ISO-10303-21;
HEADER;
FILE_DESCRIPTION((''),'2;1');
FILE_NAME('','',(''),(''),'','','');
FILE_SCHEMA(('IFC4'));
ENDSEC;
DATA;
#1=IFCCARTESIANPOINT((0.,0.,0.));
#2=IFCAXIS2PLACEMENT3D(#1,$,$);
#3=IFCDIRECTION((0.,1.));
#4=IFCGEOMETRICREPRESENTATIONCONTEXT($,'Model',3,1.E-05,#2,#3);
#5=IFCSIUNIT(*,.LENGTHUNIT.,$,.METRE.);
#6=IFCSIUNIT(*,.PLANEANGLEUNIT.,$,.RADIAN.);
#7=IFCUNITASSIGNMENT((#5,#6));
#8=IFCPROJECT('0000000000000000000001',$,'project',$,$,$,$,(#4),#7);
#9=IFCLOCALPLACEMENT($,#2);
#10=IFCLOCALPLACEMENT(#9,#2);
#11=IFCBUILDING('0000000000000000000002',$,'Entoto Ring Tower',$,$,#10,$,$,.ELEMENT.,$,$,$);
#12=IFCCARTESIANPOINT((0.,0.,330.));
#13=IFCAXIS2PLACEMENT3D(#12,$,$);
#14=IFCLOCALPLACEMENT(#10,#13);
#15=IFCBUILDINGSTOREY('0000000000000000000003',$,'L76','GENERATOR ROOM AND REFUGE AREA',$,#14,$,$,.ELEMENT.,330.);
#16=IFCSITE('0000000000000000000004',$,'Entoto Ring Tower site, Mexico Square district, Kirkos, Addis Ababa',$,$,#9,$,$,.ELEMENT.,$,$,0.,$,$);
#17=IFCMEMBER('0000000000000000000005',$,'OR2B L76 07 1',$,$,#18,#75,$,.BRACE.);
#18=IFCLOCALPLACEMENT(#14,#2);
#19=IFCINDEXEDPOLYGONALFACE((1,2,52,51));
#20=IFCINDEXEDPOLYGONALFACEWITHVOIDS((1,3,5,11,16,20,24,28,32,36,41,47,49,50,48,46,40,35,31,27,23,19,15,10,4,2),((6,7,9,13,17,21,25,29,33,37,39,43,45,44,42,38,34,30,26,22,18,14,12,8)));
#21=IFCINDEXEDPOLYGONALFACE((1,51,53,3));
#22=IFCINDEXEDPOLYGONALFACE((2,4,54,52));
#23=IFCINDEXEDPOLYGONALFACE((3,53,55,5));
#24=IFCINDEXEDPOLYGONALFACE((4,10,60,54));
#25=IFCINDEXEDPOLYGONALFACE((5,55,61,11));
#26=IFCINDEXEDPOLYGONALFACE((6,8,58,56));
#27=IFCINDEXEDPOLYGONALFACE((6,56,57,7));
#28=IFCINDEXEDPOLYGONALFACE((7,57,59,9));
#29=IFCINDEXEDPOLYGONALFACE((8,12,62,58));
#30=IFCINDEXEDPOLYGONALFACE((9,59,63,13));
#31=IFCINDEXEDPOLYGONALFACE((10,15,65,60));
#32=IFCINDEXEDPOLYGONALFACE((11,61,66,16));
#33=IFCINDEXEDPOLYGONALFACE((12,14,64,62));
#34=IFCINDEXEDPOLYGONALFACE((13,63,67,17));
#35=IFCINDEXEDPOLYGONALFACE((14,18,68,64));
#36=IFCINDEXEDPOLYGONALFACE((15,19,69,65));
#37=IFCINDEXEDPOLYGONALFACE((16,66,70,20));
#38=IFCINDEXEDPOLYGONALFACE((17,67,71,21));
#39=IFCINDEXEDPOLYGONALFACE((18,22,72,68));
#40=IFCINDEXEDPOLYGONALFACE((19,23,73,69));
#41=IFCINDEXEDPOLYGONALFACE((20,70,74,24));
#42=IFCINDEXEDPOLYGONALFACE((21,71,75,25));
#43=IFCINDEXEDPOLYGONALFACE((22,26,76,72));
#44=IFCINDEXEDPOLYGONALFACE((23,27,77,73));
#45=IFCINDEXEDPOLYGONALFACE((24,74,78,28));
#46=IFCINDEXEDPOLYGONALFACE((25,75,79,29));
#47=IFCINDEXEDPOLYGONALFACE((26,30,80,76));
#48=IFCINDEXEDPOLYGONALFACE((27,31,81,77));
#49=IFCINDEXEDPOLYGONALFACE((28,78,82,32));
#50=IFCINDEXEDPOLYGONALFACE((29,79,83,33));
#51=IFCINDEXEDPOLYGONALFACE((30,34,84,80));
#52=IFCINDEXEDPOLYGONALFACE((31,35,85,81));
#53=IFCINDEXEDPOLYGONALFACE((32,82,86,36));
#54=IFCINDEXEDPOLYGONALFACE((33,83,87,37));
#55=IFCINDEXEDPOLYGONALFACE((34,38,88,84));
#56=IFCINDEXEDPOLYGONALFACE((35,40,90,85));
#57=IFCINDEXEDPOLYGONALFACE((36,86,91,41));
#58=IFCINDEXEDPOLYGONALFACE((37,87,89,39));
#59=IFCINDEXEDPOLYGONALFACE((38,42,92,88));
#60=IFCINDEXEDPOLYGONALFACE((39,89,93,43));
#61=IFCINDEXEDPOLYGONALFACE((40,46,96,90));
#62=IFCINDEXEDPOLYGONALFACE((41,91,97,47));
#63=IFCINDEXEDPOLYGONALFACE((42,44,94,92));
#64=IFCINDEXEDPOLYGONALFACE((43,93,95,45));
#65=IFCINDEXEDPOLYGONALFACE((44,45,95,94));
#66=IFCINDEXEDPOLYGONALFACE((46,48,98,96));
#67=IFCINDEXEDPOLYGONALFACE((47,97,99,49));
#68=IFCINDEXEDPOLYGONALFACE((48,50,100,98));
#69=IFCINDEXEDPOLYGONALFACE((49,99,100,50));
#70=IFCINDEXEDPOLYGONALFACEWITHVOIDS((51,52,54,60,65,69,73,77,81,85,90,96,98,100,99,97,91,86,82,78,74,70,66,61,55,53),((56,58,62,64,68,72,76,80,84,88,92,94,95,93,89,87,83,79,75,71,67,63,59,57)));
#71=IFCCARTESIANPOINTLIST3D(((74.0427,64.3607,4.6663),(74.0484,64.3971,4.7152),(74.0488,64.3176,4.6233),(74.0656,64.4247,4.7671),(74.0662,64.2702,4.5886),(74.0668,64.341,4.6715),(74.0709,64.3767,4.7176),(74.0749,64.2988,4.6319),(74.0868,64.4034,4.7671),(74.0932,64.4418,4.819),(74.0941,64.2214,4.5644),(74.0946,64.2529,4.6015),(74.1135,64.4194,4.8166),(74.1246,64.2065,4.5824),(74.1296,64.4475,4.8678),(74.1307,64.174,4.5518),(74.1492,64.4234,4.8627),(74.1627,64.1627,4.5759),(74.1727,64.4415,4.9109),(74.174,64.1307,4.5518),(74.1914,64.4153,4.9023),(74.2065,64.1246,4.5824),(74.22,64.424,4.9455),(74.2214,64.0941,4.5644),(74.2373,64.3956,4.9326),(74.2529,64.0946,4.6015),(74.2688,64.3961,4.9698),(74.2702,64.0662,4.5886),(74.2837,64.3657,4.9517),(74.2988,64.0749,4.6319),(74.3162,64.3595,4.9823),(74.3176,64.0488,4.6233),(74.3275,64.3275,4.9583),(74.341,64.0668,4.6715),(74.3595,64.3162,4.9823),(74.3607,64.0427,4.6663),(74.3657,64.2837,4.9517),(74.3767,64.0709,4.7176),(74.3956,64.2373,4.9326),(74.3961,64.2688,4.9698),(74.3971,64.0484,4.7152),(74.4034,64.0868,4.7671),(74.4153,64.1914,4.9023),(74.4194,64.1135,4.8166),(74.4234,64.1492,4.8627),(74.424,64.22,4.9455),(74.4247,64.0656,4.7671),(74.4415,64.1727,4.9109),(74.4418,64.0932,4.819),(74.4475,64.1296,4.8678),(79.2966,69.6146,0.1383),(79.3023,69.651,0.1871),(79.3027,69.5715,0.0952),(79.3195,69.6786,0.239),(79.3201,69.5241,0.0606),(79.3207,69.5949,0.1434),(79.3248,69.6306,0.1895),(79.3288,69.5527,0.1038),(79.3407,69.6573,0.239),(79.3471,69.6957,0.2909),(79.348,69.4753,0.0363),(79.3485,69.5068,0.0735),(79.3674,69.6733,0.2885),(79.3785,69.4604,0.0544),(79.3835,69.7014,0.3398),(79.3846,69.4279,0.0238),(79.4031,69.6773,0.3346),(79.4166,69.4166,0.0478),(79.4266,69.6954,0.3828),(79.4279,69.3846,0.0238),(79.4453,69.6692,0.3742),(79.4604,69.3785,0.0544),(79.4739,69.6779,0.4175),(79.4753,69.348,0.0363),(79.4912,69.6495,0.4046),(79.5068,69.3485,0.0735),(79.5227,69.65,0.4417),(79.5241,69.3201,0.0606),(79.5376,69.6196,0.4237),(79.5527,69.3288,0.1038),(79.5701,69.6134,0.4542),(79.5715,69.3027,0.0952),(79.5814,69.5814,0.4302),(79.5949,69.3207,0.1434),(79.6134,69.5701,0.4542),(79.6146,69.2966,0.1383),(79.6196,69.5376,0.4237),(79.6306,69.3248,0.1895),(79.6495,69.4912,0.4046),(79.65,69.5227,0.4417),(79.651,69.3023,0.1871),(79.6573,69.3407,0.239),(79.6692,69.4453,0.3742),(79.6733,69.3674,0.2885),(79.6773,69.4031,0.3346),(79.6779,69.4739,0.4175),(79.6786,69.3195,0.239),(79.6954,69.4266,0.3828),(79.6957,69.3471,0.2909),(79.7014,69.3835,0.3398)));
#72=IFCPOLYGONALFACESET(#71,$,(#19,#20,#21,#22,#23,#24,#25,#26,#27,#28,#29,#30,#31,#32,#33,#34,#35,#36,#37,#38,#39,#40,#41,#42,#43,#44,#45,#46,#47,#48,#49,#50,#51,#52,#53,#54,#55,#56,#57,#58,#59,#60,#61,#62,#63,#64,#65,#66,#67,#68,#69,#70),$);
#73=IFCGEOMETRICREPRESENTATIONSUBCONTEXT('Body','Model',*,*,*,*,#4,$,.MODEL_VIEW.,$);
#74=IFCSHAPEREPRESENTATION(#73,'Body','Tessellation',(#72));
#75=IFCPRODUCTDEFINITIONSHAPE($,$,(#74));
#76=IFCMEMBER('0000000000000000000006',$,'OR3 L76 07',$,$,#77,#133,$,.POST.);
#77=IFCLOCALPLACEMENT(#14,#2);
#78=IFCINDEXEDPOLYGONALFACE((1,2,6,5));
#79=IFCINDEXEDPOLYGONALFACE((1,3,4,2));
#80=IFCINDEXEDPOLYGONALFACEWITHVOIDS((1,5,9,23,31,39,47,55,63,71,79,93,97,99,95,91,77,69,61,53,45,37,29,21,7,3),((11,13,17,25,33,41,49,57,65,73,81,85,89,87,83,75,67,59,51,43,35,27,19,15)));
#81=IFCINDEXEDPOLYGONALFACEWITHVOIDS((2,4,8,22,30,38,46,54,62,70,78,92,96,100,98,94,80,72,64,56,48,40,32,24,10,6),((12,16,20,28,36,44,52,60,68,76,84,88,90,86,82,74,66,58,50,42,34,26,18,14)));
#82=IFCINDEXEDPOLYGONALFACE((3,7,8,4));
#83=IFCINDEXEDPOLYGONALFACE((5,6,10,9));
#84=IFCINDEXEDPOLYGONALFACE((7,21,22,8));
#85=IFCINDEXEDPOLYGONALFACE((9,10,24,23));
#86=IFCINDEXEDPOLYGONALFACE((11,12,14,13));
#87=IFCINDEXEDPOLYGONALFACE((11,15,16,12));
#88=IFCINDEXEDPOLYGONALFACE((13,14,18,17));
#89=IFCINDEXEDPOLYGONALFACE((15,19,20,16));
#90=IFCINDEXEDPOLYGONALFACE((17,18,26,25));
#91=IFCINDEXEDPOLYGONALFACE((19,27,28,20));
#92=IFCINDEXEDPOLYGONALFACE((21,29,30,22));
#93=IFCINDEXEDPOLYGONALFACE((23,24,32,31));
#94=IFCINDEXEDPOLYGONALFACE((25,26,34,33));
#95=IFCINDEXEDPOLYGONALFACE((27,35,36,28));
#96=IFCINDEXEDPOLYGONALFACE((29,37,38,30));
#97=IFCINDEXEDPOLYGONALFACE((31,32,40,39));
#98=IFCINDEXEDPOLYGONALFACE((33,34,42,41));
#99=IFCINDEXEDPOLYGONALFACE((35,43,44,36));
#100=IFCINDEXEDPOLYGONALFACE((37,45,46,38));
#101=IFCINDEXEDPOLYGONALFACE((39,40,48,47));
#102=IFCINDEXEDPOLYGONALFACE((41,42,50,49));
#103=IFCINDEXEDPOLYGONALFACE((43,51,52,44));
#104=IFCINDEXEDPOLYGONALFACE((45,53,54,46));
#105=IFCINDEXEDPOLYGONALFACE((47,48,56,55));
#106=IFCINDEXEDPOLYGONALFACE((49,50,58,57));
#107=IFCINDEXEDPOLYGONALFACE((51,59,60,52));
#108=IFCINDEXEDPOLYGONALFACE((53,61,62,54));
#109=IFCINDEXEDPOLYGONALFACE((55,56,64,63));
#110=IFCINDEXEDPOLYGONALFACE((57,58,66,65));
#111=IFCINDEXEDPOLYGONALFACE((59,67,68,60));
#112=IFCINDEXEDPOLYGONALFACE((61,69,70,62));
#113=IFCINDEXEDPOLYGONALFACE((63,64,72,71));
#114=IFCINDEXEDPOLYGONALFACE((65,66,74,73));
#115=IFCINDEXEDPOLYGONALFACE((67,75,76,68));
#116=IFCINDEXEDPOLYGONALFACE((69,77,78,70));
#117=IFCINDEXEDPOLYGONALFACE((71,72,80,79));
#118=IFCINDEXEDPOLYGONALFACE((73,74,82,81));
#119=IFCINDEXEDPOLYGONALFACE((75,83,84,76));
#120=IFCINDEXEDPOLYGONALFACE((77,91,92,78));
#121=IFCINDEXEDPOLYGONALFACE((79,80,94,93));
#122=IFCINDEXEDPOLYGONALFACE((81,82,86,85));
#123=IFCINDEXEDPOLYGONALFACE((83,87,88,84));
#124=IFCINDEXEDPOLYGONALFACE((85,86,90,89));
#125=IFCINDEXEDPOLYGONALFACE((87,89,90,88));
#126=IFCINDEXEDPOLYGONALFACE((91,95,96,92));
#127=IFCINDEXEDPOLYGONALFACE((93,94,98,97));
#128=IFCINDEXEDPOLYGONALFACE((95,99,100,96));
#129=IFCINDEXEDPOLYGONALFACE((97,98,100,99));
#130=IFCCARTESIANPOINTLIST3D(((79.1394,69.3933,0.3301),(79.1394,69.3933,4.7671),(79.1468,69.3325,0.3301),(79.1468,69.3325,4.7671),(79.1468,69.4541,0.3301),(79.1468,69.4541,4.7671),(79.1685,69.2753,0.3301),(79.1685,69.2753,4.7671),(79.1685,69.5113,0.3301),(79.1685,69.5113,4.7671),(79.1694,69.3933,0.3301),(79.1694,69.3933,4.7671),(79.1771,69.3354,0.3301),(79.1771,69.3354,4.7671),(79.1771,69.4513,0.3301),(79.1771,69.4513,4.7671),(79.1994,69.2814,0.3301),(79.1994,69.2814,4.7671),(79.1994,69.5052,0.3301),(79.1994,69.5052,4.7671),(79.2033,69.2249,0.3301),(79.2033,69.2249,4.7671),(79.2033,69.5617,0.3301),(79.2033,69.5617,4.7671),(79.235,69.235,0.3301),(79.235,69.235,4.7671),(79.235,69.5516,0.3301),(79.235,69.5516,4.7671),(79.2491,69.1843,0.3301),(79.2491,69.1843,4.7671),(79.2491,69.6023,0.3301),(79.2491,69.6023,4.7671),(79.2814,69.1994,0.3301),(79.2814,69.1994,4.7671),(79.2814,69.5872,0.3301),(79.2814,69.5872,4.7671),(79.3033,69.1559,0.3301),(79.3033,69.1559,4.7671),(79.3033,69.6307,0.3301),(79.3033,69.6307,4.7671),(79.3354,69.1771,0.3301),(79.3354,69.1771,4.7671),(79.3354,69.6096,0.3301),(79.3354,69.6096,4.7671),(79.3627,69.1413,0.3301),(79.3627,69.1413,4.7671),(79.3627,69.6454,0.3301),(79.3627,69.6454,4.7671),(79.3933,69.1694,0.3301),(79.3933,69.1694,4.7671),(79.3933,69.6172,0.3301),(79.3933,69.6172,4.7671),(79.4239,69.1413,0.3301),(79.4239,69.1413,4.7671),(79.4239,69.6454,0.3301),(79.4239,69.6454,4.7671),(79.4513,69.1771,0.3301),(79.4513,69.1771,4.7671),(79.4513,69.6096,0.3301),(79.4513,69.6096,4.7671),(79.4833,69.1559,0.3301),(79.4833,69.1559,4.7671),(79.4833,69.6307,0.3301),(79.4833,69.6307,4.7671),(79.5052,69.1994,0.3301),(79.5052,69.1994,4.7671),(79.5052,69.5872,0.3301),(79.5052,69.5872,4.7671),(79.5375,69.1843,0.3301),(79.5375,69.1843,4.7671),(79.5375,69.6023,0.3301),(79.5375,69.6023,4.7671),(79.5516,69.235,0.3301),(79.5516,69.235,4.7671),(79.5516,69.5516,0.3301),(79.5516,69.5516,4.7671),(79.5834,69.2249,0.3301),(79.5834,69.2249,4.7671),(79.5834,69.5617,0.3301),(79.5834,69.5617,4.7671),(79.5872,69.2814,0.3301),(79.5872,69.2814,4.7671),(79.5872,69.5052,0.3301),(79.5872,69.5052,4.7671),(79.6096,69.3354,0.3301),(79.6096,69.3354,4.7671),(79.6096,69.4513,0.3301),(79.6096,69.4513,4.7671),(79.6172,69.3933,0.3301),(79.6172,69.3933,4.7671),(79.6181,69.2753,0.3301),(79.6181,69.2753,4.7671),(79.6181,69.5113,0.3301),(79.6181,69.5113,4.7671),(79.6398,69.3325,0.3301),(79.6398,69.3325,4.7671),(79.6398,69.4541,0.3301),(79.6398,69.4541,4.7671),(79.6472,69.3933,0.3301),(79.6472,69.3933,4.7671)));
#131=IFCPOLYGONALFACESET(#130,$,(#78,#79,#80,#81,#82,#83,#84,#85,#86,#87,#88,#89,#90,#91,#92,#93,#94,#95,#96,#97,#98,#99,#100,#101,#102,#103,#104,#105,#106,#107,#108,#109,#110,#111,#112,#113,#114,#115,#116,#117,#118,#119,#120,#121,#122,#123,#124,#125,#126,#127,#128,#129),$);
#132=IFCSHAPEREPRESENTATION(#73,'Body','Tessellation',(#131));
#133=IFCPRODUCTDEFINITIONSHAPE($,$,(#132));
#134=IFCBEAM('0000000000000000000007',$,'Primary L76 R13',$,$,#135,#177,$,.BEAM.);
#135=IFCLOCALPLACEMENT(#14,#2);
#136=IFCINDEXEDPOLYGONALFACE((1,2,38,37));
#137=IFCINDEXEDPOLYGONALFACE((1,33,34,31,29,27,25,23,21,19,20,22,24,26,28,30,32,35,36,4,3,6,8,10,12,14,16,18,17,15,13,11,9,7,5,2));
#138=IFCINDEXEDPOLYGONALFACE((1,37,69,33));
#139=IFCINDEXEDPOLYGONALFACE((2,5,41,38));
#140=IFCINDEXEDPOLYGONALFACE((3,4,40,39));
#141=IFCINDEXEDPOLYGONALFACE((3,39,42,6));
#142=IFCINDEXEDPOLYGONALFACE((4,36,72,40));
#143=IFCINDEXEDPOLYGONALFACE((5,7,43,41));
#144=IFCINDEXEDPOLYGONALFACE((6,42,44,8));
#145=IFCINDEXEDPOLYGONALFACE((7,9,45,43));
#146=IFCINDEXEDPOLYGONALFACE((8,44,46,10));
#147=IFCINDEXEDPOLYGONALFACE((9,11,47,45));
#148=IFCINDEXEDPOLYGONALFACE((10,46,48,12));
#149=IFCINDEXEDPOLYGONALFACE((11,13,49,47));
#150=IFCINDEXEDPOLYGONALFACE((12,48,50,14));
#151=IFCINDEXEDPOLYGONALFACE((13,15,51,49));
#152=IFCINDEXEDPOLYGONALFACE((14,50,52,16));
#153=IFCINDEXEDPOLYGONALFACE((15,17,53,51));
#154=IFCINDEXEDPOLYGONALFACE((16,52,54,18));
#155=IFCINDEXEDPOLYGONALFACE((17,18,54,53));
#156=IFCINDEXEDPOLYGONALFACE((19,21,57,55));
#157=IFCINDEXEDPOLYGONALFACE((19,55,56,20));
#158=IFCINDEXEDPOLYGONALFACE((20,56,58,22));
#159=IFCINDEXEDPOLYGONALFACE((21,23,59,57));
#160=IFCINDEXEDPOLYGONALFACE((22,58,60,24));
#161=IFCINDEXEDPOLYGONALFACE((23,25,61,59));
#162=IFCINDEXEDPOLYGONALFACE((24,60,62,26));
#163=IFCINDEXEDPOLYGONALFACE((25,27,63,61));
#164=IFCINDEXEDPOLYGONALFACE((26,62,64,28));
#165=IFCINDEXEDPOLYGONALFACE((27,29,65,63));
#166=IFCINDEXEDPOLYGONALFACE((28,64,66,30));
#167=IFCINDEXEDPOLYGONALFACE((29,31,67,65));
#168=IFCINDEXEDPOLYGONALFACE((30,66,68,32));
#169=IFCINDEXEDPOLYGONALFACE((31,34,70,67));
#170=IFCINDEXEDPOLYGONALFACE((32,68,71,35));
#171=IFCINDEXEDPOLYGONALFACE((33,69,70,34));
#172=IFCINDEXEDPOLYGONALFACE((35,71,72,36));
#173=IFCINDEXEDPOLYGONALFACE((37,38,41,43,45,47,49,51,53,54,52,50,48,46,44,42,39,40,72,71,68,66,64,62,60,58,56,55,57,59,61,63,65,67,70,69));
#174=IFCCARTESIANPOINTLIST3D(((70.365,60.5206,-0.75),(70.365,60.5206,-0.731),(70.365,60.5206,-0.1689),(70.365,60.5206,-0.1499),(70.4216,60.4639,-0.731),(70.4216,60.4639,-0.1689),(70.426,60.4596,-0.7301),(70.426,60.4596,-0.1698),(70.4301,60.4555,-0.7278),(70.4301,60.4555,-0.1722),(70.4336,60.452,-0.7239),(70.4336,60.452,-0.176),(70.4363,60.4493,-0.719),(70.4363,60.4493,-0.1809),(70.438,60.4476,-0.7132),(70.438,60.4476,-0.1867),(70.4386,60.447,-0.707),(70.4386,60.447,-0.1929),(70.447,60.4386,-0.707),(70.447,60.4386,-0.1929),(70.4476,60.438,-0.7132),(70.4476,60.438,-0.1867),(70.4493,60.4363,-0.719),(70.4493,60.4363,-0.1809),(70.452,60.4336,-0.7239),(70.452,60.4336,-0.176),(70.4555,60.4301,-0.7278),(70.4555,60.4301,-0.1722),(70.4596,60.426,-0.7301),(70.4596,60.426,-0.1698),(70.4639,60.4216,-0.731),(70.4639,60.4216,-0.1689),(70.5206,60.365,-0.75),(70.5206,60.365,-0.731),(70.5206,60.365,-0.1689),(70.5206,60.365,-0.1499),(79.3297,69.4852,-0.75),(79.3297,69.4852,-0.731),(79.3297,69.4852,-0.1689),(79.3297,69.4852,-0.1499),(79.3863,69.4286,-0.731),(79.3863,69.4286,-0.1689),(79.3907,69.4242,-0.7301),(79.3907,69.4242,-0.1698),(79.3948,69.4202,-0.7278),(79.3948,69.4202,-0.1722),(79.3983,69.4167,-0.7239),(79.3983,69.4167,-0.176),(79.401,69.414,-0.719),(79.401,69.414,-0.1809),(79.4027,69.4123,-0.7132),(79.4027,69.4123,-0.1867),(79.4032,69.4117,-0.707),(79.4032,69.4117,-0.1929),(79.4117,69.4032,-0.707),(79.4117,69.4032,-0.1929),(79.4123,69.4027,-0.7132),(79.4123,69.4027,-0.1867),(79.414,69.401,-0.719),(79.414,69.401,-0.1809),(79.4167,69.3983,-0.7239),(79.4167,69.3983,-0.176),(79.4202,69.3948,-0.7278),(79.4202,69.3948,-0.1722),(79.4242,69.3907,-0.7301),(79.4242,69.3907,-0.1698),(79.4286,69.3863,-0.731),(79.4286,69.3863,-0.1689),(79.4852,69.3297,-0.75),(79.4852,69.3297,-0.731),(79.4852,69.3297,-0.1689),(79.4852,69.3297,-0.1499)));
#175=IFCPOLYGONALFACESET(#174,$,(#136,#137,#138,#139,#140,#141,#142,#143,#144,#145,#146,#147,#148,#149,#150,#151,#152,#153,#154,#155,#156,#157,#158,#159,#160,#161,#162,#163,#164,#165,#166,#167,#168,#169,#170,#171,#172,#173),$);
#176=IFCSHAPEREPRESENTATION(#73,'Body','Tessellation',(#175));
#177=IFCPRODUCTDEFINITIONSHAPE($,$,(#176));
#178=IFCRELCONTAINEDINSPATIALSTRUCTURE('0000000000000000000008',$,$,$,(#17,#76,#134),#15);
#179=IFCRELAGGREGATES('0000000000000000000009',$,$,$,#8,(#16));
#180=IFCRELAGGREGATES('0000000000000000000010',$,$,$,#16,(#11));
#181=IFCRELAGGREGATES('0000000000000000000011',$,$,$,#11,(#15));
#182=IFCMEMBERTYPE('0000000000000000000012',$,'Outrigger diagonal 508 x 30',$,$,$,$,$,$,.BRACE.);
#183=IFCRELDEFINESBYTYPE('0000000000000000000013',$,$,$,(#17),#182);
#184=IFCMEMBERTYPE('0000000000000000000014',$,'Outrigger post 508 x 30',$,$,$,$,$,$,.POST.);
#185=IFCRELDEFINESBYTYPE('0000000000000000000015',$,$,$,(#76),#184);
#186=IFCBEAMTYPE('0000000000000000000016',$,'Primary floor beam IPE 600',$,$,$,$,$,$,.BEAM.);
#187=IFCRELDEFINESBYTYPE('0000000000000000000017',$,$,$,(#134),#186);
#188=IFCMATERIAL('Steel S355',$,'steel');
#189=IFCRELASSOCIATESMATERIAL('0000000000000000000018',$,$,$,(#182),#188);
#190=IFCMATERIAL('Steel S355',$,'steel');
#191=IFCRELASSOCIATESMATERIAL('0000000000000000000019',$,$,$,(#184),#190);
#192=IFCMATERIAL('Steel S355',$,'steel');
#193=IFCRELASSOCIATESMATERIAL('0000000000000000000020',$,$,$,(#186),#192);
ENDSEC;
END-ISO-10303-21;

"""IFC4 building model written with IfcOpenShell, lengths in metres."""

from ifc_helpers import new_model, si_unit, direction, frame, origin, origin_2d, place, context, subcontext, project, spatial, circle, hollow_circle, i_section, extrude, material, material_profile, profile_set, type_object, element, save


model = new_model("IFC4")

# Units and contexts
model_context = context("Model", 3, precision=1e-05, world=origin(), true_north=direction((0.0, 1.0)))
body_context = subcontext(model_context, "Body", "Model", "MODEL_VIEW")
ifc_project = project(units=[si_unit("LENGTHUNIT", "METRE"), si_unit("PLANEANGLEUNIT", "RADIAN")], contexts=[model_context])

# Site, building, storey
site_placement = place(None, origin())
site = spatial("IfcSite", under=ifc_project, at=site_placement, Name="Entoto Ring Tower site, Mexico Square district, Kirkos, Addis Ababa", CompositionType="ELEMENT", RefElevation=0.0)
building_placement = place(site_placement, origin())
building = spatial("IfcBuilding", under=site, at=building_placement, Name="Entoto Ring Tower", CompositionType="ELEMENT")
storey_placement = place(building_placement, frame((0.0, 0.0, 330.0)))
storey = spatial("IfcBuildingStorey", under=building, at=storey_placement, Name="L76", Description="GENERATOR ROOM AND REFUGE AREA", CompositionType="ELEMENT", Elevation=330.0)

# Members
ifc_material_1 = material(Name="Steel S355", Category="steel")
ifc_material_profile_1 = material_profile(ifc_material_1, hollow_circle(Radius=0.2539, WallThickness=0.03, at=origin_2d()), Name="CHS 508 x 30")
ifc_material_2 = material(Name="Concrete C60/75", Category="concrete")
ifc_material_profile_2 = material_profile(ifc_material_2, circle(Radius=0.2241, at=origin_2d()), Name="Concrete C60/75 infill")
ifc_profile_set_1 = profile_set([ifc_material_profile_1, ifc_material_profile_2], Name="Steel S355")
member_type_1 = type_object("IfcMemberType", Name="Outrigger diagonal 508 x 30", PredefinedType="BRACE", material=ifc_profile_set_1)
member_1_placement = place(storey_placement, frame((79.499, 69.499, 0.239), z_axis=(-0.603815, -0.603815, 0.520398), x_axis=(0.707107, -0.707107, 0.0)))
element("IfcMember", 1, at=member_1_placement, inside=storey, type_object=member_type_1, Name="OR2B L76 07 1", PredefinedType="BRACE", context=body_context, shape_type="SweptSolid", body=[
    extrude(hollow_circle(Radius=0.2539, WallThickness=0.03, at=origin_2d()), origin(), (0.0, 0.0, 1.0), 8.7012),
])
ifc_material_3 = material(Name="Steel S355", Category="steel")
ifc_material_profile_3 = material_profile(ifc_material_3, hollow_circle(Radius=0.2539, WallThickness=0.03, at=origin_2d()), Name="CHS 508 x 30")
ifc_material_4 = material(Name="Concrete C60/75", Category="concrete")
ifc_material_profile_4 = material_profile(ifc_material_4, circle(Radius=0.2241, at=origin_2d()), Name="Concrete C60/75 infill")
ifc_profile_set_2 = profile_set([ifc_material_profile_3, ifc_material_profile_4], Name="Steel S355")
member_type_2 = type_object("IfcMemberType", Name="Outrigger post 508 x 30", PredefinedType="POST", material=ifc_profile_set_2)
member_2_placement = place(storey_placement, frame((79.3933, 69.3933, 0.3301), z_axis=(0.0, 0.0, 1.0), x_axis=(1.0, 0.0, 0.0)))
element("IfcMember", 2, at=member_2_placement, inside=storey, type_object=member_type_2, Name="OR3 L76 07", PredefinedType="POST", context=body_context, shape_type="SweptSolid", body=[
    extrude(hollow_circle(Radius=0.2539, WallThickness=0.03, at=origin_2d()), origin(), (0.0, 0.0, 1.0), 4.437),
])

# Beam
ifc_material_5 = material(Name="Steel S355", Category="steel")
ifc_material_profile_5 = material_profile(ifc_material_5, i_section(OverallWidth=0.22, OverallDepth=0.6001, WebThickness=0.012, FlangeThickness=0.019, FilletRadius=0.0239, at=origin_2d()), Name="IPE 600")
ifc_profile_set_3 = profile_set([ifc_material_profile_5], Name="Steel S355")
beam_type_1 = type_object("IfcBeamType", Name="Primary floor beam IPE 600", PredefinedType="BEAM", material=ifc_profile_set_3)
beam_1_placement = place(storey_placement, frame((79.4075, 69.4075, -0.45), z_axis=(-0.707107, -0.707107, 0.0), x_axis=(0.707107, -0.707107, 0.0)))
element("IfcBeam", 3, at=beam_1_placement, inside=storey, type_object=beam_type_1, Name="Primary L76 R13", PredefinedType="BEAM", context=body_context, shape_type="SweptSolid", body=[
    extrude(i_section(OverallWidth=0.22, OverallDepth=0.6001, WebThickness=0.012, FlangeThickness=0.019, FilletRadius=0.0239, at=origin_2d()), origin(), (0.0, 0.0, 1.0), 12.678),
])

save(model, "model.ifc")
